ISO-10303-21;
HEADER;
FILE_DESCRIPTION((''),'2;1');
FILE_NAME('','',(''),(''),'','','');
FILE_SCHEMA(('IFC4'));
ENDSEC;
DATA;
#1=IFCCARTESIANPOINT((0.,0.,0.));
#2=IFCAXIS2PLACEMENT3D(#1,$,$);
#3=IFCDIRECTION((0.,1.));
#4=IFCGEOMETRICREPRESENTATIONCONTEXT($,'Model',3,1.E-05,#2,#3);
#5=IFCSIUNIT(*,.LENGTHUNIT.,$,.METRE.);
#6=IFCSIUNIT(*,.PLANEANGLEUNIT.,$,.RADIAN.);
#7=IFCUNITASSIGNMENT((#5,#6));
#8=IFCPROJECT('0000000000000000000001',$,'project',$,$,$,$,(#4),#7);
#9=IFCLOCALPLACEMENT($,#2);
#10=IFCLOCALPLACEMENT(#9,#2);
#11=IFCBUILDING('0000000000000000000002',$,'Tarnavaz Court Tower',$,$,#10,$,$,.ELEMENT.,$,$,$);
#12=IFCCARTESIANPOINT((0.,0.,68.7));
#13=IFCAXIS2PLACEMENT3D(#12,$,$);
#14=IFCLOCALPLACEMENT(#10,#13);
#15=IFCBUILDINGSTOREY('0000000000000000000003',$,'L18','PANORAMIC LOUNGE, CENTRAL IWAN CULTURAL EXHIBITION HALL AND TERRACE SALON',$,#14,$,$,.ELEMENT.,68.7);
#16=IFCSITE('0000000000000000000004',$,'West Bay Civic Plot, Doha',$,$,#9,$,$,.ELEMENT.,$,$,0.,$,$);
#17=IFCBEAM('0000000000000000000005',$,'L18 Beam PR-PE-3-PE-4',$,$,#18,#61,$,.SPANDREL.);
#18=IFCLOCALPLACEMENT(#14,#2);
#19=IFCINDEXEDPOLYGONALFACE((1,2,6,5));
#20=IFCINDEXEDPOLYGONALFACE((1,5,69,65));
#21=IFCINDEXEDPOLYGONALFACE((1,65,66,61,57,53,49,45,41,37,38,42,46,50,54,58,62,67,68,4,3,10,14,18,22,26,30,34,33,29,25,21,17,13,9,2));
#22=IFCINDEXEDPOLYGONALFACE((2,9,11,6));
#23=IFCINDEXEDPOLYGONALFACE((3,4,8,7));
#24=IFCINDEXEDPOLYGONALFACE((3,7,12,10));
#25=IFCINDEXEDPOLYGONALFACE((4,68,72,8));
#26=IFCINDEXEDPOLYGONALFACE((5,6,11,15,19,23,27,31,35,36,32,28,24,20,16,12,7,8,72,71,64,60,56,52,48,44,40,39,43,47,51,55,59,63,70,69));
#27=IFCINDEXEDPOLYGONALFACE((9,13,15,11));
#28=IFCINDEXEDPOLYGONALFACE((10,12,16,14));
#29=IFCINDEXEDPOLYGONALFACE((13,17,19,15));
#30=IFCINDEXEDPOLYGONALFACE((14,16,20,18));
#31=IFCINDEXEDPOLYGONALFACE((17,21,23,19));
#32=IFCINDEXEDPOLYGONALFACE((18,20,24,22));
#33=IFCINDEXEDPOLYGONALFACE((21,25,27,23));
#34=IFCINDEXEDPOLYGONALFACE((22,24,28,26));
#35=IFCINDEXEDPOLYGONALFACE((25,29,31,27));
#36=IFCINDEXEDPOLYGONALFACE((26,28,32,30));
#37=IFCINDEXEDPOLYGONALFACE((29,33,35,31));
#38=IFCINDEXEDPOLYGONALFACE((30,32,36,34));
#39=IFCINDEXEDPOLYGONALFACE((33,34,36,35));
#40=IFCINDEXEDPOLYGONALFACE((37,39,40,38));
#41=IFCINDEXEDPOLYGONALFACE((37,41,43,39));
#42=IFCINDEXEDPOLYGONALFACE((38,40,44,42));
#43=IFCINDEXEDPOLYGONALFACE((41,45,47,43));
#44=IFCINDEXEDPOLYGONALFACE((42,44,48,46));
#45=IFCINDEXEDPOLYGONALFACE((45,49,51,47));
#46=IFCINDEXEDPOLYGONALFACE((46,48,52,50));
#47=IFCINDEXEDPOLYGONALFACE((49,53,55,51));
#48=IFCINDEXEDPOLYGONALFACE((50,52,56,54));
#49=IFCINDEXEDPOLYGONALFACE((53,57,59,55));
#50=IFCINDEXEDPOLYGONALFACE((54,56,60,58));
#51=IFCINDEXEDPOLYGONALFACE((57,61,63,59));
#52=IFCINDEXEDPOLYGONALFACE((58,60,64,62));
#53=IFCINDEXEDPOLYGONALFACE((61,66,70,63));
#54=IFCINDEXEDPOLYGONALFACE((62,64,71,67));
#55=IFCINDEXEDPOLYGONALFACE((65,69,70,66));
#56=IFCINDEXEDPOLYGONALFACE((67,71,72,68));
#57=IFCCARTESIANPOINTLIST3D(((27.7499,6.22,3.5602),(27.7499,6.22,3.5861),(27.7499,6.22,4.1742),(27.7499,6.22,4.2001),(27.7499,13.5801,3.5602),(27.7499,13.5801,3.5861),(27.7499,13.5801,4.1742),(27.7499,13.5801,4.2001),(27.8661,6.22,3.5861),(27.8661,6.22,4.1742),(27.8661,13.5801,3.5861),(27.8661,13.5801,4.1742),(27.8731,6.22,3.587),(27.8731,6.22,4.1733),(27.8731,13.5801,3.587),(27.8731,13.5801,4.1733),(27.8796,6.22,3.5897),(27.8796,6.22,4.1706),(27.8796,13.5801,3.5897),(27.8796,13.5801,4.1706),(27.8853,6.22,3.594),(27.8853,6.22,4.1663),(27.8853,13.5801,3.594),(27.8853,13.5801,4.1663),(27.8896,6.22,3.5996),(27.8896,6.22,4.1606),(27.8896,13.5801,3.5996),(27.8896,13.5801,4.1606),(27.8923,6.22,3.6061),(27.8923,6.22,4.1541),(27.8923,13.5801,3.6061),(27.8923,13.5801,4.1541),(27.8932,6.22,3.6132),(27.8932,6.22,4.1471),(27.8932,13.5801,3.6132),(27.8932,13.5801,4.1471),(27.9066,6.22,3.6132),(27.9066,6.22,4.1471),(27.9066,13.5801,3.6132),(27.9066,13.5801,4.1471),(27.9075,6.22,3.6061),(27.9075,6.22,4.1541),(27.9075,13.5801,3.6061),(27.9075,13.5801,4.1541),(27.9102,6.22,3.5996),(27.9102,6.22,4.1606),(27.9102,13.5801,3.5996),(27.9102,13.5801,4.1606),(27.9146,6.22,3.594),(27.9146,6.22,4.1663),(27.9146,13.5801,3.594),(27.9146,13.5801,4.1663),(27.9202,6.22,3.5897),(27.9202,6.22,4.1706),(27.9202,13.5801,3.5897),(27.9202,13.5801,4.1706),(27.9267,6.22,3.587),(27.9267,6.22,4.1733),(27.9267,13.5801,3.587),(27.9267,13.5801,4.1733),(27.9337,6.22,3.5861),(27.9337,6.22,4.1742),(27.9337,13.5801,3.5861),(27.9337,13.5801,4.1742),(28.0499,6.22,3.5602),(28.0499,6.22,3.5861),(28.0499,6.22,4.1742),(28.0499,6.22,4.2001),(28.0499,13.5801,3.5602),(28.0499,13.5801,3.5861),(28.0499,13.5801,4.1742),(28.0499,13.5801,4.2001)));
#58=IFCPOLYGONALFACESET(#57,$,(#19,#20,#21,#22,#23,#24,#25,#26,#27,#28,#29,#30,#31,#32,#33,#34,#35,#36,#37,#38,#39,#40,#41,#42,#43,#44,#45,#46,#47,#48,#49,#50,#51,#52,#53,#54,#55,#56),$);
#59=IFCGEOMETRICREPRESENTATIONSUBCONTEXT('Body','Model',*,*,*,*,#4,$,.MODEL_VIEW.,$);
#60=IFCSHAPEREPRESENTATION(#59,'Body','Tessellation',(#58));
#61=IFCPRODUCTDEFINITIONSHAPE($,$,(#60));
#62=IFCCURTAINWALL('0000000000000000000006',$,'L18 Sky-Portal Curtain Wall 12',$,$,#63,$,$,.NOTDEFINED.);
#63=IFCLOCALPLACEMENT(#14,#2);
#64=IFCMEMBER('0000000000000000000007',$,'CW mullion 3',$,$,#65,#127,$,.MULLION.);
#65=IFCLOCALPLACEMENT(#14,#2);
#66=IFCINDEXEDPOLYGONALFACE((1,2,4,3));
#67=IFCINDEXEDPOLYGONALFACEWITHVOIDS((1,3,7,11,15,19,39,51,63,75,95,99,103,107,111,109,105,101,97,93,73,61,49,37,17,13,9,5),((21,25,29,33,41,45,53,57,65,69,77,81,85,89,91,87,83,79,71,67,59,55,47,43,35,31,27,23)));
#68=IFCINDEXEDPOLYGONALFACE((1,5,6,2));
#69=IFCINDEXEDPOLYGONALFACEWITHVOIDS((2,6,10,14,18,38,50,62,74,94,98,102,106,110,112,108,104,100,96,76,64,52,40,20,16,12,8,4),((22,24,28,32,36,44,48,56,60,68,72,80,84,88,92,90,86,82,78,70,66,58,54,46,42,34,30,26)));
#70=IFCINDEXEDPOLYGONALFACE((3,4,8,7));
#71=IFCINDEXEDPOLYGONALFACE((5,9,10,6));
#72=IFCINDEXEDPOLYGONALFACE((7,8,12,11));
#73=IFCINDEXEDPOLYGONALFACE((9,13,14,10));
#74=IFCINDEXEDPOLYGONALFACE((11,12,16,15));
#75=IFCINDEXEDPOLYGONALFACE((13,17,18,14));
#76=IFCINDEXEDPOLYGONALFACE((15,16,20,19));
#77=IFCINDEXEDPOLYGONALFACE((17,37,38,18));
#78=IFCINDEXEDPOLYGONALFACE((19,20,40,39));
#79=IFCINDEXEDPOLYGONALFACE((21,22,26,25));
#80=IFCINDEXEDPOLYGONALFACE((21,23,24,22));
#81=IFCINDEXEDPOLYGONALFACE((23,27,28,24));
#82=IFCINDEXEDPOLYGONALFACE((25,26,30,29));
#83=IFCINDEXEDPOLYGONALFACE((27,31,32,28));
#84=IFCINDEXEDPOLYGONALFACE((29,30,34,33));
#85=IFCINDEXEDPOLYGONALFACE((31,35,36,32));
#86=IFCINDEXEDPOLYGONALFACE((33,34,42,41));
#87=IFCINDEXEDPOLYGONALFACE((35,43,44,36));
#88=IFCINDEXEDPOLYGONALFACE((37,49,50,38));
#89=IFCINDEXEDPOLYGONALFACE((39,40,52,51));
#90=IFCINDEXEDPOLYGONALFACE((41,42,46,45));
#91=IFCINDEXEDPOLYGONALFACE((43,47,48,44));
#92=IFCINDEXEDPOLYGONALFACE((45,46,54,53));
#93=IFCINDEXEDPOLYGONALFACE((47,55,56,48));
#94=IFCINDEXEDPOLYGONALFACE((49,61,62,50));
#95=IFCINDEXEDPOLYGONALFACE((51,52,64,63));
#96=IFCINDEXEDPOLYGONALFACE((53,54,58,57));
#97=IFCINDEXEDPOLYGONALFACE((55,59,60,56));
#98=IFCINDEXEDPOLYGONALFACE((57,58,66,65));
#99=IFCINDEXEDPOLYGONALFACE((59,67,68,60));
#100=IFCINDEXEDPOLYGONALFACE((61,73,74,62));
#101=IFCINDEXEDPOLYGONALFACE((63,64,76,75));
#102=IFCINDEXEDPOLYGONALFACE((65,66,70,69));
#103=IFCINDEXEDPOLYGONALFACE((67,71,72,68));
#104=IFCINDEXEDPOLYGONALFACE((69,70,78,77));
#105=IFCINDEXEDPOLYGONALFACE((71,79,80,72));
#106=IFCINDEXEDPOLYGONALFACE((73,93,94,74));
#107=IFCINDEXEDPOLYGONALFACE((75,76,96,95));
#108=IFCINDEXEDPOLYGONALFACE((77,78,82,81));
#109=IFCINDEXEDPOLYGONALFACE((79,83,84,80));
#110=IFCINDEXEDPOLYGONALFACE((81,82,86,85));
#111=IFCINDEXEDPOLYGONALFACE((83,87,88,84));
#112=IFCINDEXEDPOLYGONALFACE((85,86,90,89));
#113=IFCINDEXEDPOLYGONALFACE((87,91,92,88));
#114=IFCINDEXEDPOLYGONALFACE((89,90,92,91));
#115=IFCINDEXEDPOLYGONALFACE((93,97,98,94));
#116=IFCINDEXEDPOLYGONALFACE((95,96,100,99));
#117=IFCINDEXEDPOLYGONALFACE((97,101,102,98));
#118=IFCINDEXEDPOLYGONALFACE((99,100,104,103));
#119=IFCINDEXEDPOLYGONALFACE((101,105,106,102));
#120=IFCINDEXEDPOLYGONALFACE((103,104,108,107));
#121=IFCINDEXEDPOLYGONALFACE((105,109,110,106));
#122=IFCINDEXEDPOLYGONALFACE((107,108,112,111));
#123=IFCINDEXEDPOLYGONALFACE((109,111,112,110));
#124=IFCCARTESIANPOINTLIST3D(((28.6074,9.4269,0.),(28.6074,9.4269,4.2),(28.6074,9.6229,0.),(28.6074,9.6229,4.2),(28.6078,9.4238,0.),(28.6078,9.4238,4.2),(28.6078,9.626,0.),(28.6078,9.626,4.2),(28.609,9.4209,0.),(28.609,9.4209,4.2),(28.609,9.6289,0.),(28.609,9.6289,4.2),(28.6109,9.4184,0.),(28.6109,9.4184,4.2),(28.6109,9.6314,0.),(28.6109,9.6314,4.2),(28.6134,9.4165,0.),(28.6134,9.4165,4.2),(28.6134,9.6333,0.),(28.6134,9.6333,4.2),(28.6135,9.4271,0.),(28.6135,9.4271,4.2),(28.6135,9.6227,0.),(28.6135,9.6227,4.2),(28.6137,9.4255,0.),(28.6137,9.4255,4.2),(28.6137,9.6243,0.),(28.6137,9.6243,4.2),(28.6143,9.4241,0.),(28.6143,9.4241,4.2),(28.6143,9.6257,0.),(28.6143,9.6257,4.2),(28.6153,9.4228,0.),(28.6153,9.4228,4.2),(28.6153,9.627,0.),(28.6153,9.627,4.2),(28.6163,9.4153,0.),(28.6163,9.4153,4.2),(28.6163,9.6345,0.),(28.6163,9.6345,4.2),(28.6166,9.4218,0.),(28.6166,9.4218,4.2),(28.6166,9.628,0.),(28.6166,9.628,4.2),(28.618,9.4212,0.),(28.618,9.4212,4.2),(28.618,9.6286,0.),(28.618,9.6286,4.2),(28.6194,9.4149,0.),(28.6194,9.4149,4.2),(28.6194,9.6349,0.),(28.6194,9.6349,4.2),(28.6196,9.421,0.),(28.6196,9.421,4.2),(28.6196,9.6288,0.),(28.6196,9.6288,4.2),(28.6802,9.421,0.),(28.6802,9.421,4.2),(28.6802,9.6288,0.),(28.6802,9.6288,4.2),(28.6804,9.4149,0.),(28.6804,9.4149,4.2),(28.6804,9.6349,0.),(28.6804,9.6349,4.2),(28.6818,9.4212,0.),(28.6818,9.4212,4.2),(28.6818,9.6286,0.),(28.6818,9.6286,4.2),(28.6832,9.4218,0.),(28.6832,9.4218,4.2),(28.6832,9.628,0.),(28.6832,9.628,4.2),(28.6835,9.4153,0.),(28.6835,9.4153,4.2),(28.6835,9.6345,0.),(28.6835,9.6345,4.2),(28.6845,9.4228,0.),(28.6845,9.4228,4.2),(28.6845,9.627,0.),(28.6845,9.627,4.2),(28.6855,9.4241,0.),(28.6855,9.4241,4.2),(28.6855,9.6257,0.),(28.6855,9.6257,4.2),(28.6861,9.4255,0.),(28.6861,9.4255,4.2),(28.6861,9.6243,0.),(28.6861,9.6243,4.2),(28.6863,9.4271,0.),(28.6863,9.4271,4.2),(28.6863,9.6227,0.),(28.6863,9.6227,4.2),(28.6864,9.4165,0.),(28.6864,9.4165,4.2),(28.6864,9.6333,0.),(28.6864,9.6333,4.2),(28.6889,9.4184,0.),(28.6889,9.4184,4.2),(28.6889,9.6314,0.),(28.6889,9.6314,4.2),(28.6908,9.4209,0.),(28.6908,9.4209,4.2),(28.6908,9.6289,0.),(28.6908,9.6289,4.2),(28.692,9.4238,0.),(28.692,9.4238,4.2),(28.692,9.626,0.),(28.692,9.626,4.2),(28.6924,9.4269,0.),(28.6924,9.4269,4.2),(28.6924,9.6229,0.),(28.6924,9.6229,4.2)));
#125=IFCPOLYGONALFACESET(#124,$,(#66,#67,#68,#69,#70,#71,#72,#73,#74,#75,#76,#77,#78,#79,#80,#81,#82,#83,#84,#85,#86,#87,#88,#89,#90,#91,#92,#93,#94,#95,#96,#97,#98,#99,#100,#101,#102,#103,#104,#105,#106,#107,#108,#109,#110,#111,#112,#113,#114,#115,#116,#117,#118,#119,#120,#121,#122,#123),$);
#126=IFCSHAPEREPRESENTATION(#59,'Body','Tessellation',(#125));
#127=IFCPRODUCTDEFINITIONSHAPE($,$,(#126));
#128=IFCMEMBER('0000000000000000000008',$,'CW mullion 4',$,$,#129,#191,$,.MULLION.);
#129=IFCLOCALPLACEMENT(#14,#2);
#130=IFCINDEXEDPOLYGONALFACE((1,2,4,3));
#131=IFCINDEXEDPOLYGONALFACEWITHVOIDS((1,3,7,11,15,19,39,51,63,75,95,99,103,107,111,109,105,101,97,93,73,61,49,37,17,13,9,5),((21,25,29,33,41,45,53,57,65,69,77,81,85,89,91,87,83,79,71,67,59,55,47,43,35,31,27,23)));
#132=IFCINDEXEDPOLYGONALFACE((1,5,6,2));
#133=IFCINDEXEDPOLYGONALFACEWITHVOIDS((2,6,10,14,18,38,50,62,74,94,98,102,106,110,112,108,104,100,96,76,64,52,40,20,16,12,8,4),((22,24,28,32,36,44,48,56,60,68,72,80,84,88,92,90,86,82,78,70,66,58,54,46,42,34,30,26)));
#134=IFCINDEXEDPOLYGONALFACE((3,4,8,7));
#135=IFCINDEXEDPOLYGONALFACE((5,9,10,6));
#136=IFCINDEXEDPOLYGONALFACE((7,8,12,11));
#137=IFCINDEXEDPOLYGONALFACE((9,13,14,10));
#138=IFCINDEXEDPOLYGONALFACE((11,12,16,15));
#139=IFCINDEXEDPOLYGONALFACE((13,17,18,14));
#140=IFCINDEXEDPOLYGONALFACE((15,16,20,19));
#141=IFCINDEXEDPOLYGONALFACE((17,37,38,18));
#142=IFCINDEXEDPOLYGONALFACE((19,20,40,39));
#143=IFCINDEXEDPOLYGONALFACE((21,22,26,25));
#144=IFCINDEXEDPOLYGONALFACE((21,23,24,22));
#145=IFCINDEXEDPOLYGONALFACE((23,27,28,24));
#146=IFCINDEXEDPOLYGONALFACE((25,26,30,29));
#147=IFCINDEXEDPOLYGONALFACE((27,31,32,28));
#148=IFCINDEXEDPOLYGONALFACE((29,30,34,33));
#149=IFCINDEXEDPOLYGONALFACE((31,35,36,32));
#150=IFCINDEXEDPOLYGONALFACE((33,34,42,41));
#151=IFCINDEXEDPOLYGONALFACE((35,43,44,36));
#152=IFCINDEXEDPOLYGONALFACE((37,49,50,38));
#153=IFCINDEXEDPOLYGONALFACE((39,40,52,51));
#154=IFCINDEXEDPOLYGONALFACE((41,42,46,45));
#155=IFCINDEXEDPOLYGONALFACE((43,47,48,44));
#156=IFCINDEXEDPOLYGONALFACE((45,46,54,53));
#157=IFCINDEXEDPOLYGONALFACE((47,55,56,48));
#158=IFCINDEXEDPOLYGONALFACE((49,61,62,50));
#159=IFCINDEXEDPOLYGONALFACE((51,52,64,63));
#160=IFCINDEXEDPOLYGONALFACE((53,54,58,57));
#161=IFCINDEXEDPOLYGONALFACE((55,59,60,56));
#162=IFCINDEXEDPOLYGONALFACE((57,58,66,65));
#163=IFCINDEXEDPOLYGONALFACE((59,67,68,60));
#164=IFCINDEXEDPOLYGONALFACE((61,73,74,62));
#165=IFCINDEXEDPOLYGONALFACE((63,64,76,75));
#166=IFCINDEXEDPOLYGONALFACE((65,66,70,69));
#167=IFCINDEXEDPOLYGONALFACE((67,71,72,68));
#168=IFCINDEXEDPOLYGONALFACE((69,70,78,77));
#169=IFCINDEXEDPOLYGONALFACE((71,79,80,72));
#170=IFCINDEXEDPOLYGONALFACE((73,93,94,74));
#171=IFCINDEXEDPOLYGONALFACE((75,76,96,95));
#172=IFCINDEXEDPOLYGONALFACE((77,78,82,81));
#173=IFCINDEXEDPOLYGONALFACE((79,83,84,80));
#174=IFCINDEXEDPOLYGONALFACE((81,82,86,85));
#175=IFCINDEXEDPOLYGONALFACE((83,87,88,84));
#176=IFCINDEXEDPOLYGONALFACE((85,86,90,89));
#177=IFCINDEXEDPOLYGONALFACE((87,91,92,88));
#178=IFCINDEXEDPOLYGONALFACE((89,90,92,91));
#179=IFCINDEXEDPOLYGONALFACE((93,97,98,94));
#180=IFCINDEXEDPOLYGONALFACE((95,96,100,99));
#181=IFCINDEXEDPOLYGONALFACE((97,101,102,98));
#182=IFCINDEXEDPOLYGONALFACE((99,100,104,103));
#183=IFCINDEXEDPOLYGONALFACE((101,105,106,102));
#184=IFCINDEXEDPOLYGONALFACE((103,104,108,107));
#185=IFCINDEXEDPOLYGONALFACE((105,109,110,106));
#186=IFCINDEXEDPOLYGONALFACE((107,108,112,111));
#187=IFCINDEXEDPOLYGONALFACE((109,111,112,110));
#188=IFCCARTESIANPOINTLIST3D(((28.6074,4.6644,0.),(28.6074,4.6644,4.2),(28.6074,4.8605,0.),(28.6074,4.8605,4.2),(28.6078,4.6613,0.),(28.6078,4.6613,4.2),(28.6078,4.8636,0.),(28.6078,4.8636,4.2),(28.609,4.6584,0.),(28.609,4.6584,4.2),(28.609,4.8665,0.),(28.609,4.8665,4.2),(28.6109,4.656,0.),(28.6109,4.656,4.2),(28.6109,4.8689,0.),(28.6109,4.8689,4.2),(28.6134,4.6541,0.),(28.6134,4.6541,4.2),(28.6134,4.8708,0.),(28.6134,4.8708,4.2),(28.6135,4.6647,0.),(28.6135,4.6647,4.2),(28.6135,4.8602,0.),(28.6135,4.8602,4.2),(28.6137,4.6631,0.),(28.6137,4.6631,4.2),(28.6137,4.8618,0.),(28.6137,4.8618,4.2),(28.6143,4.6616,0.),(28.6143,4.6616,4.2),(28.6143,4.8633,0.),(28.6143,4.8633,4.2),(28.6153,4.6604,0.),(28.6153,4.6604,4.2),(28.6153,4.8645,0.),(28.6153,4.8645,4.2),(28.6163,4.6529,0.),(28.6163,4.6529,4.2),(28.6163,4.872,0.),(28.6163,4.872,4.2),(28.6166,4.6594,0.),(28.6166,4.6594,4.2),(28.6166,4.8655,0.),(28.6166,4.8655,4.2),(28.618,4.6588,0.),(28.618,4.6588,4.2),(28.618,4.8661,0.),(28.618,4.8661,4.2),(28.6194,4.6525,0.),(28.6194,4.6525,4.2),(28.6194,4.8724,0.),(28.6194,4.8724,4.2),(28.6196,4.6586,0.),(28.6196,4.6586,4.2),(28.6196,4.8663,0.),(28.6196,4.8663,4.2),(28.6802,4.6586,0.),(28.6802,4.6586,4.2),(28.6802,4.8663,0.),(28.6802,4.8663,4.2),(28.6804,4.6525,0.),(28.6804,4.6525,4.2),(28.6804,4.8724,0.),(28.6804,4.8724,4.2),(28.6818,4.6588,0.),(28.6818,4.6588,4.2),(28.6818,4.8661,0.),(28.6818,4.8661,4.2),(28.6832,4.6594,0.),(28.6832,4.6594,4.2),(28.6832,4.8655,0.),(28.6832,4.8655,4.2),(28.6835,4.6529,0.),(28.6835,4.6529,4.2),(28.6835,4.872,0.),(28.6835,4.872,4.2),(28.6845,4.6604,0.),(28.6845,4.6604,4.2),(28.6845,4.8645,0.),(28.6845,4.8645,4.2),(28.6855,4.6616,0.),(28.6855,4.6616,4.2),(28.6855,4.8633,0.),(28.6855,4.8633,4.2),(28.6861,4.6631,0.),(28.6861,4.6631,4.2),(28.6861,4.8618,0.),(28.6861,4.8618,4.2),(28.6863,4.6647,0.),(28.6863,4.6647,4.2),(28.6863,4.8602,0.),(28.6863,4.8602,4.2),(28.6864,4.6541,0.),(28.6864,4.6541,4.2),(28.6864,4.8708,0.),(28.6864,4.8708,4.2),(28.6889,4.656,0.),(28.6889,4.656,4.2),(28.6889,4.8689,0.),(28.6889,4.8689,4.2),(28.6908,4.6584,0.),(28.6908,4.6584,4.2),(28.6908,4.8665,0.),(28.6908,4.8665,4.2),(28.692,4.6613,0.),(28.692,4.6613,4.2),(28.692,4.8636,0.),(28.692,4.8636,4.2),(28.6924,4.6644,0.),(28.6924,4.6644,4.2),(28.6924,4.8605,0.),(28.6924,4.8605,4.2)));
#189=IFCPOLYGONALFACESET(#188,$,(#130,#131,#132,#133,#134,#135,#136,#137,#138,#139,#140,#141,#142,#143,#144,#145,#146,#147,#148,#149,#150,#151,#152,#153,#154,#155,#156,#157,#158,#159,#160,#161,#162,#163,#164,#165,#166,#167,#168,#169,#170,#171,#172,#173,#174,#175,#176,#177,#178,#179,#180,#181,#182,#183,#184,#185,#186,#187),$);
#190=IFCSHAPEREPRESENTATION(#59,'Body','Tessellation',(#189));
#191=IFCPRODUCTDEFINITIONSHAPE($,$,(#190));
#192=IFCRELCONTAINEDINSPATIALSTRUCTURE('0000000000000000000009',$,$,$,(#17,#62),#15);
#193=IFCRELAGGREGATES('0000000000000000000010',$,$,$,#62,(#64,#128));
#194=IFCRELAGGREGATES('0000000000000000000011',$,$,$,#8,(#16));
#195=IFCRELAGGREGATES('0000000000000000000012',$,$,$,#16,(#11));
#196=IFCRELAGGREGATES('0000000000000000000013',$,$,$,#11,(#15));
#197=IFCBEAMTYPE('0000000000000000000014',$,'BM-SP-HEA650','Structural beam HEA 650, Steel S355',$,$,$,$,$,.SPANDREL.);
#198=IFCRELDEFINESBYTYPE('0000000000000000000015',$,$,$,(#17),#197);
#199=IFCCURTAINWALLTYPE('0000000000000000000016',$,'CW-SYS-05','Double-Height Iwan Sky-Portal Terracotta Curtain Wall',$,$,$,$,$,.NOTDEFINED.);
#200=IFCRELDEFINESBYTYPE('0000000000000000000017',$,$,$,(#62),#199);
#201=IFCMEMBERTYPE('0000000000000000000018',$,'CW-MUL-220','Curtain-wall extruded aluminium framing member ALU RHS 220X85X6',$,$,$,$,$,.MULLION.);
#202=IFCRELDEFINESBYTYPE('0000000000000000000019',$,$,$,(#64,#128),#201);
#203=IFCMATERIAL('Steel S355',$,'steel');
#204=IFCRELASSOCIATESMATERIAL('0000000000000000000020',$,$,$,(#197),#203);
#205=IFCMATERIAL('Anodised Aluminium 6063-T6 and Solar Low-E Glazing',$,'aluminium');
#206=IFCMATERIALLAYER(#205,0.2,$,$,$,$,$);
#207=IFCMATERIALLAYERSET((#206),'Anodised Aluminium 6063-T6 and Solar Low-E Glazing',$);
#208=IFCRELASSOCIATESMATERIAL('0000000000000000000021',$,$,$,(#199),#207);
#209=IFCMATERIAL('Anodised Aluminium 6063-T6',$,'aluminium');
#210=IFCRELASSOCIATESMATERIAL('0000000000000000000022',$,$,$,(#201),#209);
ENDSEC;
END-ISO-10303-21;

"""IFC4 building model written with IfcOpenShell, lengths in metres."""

from ifc_helpers import new_model, si_unit, direction, frame, origin, origin_2d, place, context, subcontext, project, spatial, hollow_rectangle, i_section, extrude, material, layer, layer_set, material_profile, profile_set, type_object, element, aggregate, save


model = new_model("IFC4")

# Units and contexts
model_context = context("Model", 3, precision=1e-05, world=origin(), true_north=direction((0.0, 1.0)))
body_context = subcontext(model_context, "Body", "Model", "MODEL_VIEW")
ifc_project = project(units=[si_unit("LENGTHUNIT", "METRE"), si_unit("PLANEANGLEUNIT", "RADIAN")], contexts=[model_context])

# Site, building, storey
site_placement = place(None, origin())
site = spatial("IfcSite", under=ifc_project, at=site_placement, Name="West Bay Civic Plot, Doha", CompositionType="ELEMENT", RefElevation=0.0)
building_placement = place(site_placement, origin())
building = spatial("IfcBuilding", under=site, at=building_placement, Name="Tarnavaz Court Tower", CompositionType="ELEMENT")
storey_placement = place(building_placement, frame((0.0, 0.0, 68.7)))
storey = spatial("IfcBuildingStorey", under=building, at=storey_placement, Name="L18", Description="PANORAMIC LOUNGE, CENTRAL IWAN CULTURAL EXHIBITION HALL AND TERRACE SALON", CompositionType="ELEMENT", Elevation=68.7)

# Beam
ifc_material_1 = material(Name="Steel S355", Category="steel")
ifc_material_profile_1 = material_profile(ifc_material_1, i_section(OverallWidth=0.3, OverallDepth=0.6399, WebThickness=0.0134, FlangeThickness=0.0259, FilletRadius=0.0271, at=origin_2d()), Name="HEA 650")
ifc_profile_set_1 = profile_set([ifc_material_profile_1], Name="Steel S355")
beam_type_1 = type_object("IfcBeamType", Name="BM-SP-HEA650", Description="Structural beam HEA 650, Steel S355", PredefinedType="SPANDREL", material=ifc_profile_set_1)
beam_1_placement = place(storey_placement, frame((27.8999, 6.22, 3.8801), z_axis=(0.0, 1.0, 0.0), x_axis=(-1.0, 0.0, 0.0)))
element("IfcBeam", 1, at=beam_1_placement, inside=storey, type_object=beam_type_1, Name="L18 Beam PR-PE-3-PE-4", PredefinedType="SPANDREL", context=body_context, shape_type="SweptSolid", body=[
    extrude(i_section(OverallWidth=0.3, OverallDepth=0.6399, WebThickness=0.0134, FlangeThickness=0.0259, FilletRadius=0.0271, at=origin_2d()), origin(), (0.0, 0.0, 1.0), 7.3601),
])

# Curtain wall, members
ifc_material_2 = material(Name="Anodised Aluminium 6063-T6 and Solar Low-E Glazing", Category="aluminium")
ifc_layer_1 = layer(ifc_material_2, 0.2)
ifc_layer_set_1 = layer_set([ifc_layer_1], Name="Anodised Aluminium 6063-T6 and Solar Low-E Glazing")
curtain_wall_type = type_object("IfcCurtainWallType", Name="CW-SYS-05", Description="Double-Height Iwan Sky-Portal Terracotta Curtain Wall", PredefinedType="NOTDEFINED", material=ifc_layer_set_1)
curtain_wall_placement = place(storey_placement, origin())
curtain_wall = element("IfcCurtainWall", 2, at=curtain_wall_placement, inside=storey, type_object=curtain_wall_type, Name="L18 Sky-Portal Curtain Wall 12", PredefinedType="NOTDEFINED")
ifc_material_3 = material(Name="Anodised Aluminium 6063-T6", Category="aluminium")
ifc_material_profile_2 = material_profile(ifc_material_3, hollow_rectangle(XDim=0.085, YDim=0.22, WallThickness=0.0061, InnerFilletRadius=0.0061, OuterFilletRadius=0.012, at=origin_2d()), Name="ALU RHS 220X85X6")
ifc_profile_set_2 = profile_set([ifc_material_profile_2], Name="Anodised Aluminium 6063-T6")
member_type_1 = type_object("IfcMemberType", Name="CW-MUL-220", Description="Curtain-wall extruded aluminium framing member ALU RHS 220X85X6", PredefinedType="MULLION", material=ifc_profile_set_2)
member_1_placement = place(storey_placement, frame((28.6499, 9.5249, 0.0), z_axis=(0.0, 0.0, 1.0), x_axis=(1.0, 0.0, 0.0)))
member_1 = element("IfcMember", 3, at=member_1_placement, type_object=member_type_1, Name="CW mullion 3", PredefinedType="MULLION", context=body_context, shape_type="SweptSolid", body=[
    extrude(hollow_rectangle(XDim=0.085, YDim=0.22, WallThickness=0.0061, InnerFilletRadius=0.0061, OuterFilletRadius=0.012, at=origin_2d()), origin(), (0.0, 0.0, 1.0), 4.2),
])
member_2_placement = place(storey_placement, frame((28.6499, 4.7625, 0.0), z_axis=(0.0, 0.0, 1.0), x_axis=(1.0, 0.0, 0.0)))
member_2 = element("IfcMember", 4, at=member_2_placement, type_object=member_type_1, Name="CW mullion 4", PredefinedType="MULLION", context=body_context, shape_type="SweptSolid", body=[
    extrude(hollow_rectangle(XDim=0.085, YDim=0.22, WallThickness=0.0061, InnerFilletRadius=0.0061, OuterFilletRadius=0.012, at=origin_2d()), origin(), (0.0, 0.0, 1.0), 4.2),
])
aggregate(curtain_wall, [member_1, member_2])

save(model, "model.ifc")
